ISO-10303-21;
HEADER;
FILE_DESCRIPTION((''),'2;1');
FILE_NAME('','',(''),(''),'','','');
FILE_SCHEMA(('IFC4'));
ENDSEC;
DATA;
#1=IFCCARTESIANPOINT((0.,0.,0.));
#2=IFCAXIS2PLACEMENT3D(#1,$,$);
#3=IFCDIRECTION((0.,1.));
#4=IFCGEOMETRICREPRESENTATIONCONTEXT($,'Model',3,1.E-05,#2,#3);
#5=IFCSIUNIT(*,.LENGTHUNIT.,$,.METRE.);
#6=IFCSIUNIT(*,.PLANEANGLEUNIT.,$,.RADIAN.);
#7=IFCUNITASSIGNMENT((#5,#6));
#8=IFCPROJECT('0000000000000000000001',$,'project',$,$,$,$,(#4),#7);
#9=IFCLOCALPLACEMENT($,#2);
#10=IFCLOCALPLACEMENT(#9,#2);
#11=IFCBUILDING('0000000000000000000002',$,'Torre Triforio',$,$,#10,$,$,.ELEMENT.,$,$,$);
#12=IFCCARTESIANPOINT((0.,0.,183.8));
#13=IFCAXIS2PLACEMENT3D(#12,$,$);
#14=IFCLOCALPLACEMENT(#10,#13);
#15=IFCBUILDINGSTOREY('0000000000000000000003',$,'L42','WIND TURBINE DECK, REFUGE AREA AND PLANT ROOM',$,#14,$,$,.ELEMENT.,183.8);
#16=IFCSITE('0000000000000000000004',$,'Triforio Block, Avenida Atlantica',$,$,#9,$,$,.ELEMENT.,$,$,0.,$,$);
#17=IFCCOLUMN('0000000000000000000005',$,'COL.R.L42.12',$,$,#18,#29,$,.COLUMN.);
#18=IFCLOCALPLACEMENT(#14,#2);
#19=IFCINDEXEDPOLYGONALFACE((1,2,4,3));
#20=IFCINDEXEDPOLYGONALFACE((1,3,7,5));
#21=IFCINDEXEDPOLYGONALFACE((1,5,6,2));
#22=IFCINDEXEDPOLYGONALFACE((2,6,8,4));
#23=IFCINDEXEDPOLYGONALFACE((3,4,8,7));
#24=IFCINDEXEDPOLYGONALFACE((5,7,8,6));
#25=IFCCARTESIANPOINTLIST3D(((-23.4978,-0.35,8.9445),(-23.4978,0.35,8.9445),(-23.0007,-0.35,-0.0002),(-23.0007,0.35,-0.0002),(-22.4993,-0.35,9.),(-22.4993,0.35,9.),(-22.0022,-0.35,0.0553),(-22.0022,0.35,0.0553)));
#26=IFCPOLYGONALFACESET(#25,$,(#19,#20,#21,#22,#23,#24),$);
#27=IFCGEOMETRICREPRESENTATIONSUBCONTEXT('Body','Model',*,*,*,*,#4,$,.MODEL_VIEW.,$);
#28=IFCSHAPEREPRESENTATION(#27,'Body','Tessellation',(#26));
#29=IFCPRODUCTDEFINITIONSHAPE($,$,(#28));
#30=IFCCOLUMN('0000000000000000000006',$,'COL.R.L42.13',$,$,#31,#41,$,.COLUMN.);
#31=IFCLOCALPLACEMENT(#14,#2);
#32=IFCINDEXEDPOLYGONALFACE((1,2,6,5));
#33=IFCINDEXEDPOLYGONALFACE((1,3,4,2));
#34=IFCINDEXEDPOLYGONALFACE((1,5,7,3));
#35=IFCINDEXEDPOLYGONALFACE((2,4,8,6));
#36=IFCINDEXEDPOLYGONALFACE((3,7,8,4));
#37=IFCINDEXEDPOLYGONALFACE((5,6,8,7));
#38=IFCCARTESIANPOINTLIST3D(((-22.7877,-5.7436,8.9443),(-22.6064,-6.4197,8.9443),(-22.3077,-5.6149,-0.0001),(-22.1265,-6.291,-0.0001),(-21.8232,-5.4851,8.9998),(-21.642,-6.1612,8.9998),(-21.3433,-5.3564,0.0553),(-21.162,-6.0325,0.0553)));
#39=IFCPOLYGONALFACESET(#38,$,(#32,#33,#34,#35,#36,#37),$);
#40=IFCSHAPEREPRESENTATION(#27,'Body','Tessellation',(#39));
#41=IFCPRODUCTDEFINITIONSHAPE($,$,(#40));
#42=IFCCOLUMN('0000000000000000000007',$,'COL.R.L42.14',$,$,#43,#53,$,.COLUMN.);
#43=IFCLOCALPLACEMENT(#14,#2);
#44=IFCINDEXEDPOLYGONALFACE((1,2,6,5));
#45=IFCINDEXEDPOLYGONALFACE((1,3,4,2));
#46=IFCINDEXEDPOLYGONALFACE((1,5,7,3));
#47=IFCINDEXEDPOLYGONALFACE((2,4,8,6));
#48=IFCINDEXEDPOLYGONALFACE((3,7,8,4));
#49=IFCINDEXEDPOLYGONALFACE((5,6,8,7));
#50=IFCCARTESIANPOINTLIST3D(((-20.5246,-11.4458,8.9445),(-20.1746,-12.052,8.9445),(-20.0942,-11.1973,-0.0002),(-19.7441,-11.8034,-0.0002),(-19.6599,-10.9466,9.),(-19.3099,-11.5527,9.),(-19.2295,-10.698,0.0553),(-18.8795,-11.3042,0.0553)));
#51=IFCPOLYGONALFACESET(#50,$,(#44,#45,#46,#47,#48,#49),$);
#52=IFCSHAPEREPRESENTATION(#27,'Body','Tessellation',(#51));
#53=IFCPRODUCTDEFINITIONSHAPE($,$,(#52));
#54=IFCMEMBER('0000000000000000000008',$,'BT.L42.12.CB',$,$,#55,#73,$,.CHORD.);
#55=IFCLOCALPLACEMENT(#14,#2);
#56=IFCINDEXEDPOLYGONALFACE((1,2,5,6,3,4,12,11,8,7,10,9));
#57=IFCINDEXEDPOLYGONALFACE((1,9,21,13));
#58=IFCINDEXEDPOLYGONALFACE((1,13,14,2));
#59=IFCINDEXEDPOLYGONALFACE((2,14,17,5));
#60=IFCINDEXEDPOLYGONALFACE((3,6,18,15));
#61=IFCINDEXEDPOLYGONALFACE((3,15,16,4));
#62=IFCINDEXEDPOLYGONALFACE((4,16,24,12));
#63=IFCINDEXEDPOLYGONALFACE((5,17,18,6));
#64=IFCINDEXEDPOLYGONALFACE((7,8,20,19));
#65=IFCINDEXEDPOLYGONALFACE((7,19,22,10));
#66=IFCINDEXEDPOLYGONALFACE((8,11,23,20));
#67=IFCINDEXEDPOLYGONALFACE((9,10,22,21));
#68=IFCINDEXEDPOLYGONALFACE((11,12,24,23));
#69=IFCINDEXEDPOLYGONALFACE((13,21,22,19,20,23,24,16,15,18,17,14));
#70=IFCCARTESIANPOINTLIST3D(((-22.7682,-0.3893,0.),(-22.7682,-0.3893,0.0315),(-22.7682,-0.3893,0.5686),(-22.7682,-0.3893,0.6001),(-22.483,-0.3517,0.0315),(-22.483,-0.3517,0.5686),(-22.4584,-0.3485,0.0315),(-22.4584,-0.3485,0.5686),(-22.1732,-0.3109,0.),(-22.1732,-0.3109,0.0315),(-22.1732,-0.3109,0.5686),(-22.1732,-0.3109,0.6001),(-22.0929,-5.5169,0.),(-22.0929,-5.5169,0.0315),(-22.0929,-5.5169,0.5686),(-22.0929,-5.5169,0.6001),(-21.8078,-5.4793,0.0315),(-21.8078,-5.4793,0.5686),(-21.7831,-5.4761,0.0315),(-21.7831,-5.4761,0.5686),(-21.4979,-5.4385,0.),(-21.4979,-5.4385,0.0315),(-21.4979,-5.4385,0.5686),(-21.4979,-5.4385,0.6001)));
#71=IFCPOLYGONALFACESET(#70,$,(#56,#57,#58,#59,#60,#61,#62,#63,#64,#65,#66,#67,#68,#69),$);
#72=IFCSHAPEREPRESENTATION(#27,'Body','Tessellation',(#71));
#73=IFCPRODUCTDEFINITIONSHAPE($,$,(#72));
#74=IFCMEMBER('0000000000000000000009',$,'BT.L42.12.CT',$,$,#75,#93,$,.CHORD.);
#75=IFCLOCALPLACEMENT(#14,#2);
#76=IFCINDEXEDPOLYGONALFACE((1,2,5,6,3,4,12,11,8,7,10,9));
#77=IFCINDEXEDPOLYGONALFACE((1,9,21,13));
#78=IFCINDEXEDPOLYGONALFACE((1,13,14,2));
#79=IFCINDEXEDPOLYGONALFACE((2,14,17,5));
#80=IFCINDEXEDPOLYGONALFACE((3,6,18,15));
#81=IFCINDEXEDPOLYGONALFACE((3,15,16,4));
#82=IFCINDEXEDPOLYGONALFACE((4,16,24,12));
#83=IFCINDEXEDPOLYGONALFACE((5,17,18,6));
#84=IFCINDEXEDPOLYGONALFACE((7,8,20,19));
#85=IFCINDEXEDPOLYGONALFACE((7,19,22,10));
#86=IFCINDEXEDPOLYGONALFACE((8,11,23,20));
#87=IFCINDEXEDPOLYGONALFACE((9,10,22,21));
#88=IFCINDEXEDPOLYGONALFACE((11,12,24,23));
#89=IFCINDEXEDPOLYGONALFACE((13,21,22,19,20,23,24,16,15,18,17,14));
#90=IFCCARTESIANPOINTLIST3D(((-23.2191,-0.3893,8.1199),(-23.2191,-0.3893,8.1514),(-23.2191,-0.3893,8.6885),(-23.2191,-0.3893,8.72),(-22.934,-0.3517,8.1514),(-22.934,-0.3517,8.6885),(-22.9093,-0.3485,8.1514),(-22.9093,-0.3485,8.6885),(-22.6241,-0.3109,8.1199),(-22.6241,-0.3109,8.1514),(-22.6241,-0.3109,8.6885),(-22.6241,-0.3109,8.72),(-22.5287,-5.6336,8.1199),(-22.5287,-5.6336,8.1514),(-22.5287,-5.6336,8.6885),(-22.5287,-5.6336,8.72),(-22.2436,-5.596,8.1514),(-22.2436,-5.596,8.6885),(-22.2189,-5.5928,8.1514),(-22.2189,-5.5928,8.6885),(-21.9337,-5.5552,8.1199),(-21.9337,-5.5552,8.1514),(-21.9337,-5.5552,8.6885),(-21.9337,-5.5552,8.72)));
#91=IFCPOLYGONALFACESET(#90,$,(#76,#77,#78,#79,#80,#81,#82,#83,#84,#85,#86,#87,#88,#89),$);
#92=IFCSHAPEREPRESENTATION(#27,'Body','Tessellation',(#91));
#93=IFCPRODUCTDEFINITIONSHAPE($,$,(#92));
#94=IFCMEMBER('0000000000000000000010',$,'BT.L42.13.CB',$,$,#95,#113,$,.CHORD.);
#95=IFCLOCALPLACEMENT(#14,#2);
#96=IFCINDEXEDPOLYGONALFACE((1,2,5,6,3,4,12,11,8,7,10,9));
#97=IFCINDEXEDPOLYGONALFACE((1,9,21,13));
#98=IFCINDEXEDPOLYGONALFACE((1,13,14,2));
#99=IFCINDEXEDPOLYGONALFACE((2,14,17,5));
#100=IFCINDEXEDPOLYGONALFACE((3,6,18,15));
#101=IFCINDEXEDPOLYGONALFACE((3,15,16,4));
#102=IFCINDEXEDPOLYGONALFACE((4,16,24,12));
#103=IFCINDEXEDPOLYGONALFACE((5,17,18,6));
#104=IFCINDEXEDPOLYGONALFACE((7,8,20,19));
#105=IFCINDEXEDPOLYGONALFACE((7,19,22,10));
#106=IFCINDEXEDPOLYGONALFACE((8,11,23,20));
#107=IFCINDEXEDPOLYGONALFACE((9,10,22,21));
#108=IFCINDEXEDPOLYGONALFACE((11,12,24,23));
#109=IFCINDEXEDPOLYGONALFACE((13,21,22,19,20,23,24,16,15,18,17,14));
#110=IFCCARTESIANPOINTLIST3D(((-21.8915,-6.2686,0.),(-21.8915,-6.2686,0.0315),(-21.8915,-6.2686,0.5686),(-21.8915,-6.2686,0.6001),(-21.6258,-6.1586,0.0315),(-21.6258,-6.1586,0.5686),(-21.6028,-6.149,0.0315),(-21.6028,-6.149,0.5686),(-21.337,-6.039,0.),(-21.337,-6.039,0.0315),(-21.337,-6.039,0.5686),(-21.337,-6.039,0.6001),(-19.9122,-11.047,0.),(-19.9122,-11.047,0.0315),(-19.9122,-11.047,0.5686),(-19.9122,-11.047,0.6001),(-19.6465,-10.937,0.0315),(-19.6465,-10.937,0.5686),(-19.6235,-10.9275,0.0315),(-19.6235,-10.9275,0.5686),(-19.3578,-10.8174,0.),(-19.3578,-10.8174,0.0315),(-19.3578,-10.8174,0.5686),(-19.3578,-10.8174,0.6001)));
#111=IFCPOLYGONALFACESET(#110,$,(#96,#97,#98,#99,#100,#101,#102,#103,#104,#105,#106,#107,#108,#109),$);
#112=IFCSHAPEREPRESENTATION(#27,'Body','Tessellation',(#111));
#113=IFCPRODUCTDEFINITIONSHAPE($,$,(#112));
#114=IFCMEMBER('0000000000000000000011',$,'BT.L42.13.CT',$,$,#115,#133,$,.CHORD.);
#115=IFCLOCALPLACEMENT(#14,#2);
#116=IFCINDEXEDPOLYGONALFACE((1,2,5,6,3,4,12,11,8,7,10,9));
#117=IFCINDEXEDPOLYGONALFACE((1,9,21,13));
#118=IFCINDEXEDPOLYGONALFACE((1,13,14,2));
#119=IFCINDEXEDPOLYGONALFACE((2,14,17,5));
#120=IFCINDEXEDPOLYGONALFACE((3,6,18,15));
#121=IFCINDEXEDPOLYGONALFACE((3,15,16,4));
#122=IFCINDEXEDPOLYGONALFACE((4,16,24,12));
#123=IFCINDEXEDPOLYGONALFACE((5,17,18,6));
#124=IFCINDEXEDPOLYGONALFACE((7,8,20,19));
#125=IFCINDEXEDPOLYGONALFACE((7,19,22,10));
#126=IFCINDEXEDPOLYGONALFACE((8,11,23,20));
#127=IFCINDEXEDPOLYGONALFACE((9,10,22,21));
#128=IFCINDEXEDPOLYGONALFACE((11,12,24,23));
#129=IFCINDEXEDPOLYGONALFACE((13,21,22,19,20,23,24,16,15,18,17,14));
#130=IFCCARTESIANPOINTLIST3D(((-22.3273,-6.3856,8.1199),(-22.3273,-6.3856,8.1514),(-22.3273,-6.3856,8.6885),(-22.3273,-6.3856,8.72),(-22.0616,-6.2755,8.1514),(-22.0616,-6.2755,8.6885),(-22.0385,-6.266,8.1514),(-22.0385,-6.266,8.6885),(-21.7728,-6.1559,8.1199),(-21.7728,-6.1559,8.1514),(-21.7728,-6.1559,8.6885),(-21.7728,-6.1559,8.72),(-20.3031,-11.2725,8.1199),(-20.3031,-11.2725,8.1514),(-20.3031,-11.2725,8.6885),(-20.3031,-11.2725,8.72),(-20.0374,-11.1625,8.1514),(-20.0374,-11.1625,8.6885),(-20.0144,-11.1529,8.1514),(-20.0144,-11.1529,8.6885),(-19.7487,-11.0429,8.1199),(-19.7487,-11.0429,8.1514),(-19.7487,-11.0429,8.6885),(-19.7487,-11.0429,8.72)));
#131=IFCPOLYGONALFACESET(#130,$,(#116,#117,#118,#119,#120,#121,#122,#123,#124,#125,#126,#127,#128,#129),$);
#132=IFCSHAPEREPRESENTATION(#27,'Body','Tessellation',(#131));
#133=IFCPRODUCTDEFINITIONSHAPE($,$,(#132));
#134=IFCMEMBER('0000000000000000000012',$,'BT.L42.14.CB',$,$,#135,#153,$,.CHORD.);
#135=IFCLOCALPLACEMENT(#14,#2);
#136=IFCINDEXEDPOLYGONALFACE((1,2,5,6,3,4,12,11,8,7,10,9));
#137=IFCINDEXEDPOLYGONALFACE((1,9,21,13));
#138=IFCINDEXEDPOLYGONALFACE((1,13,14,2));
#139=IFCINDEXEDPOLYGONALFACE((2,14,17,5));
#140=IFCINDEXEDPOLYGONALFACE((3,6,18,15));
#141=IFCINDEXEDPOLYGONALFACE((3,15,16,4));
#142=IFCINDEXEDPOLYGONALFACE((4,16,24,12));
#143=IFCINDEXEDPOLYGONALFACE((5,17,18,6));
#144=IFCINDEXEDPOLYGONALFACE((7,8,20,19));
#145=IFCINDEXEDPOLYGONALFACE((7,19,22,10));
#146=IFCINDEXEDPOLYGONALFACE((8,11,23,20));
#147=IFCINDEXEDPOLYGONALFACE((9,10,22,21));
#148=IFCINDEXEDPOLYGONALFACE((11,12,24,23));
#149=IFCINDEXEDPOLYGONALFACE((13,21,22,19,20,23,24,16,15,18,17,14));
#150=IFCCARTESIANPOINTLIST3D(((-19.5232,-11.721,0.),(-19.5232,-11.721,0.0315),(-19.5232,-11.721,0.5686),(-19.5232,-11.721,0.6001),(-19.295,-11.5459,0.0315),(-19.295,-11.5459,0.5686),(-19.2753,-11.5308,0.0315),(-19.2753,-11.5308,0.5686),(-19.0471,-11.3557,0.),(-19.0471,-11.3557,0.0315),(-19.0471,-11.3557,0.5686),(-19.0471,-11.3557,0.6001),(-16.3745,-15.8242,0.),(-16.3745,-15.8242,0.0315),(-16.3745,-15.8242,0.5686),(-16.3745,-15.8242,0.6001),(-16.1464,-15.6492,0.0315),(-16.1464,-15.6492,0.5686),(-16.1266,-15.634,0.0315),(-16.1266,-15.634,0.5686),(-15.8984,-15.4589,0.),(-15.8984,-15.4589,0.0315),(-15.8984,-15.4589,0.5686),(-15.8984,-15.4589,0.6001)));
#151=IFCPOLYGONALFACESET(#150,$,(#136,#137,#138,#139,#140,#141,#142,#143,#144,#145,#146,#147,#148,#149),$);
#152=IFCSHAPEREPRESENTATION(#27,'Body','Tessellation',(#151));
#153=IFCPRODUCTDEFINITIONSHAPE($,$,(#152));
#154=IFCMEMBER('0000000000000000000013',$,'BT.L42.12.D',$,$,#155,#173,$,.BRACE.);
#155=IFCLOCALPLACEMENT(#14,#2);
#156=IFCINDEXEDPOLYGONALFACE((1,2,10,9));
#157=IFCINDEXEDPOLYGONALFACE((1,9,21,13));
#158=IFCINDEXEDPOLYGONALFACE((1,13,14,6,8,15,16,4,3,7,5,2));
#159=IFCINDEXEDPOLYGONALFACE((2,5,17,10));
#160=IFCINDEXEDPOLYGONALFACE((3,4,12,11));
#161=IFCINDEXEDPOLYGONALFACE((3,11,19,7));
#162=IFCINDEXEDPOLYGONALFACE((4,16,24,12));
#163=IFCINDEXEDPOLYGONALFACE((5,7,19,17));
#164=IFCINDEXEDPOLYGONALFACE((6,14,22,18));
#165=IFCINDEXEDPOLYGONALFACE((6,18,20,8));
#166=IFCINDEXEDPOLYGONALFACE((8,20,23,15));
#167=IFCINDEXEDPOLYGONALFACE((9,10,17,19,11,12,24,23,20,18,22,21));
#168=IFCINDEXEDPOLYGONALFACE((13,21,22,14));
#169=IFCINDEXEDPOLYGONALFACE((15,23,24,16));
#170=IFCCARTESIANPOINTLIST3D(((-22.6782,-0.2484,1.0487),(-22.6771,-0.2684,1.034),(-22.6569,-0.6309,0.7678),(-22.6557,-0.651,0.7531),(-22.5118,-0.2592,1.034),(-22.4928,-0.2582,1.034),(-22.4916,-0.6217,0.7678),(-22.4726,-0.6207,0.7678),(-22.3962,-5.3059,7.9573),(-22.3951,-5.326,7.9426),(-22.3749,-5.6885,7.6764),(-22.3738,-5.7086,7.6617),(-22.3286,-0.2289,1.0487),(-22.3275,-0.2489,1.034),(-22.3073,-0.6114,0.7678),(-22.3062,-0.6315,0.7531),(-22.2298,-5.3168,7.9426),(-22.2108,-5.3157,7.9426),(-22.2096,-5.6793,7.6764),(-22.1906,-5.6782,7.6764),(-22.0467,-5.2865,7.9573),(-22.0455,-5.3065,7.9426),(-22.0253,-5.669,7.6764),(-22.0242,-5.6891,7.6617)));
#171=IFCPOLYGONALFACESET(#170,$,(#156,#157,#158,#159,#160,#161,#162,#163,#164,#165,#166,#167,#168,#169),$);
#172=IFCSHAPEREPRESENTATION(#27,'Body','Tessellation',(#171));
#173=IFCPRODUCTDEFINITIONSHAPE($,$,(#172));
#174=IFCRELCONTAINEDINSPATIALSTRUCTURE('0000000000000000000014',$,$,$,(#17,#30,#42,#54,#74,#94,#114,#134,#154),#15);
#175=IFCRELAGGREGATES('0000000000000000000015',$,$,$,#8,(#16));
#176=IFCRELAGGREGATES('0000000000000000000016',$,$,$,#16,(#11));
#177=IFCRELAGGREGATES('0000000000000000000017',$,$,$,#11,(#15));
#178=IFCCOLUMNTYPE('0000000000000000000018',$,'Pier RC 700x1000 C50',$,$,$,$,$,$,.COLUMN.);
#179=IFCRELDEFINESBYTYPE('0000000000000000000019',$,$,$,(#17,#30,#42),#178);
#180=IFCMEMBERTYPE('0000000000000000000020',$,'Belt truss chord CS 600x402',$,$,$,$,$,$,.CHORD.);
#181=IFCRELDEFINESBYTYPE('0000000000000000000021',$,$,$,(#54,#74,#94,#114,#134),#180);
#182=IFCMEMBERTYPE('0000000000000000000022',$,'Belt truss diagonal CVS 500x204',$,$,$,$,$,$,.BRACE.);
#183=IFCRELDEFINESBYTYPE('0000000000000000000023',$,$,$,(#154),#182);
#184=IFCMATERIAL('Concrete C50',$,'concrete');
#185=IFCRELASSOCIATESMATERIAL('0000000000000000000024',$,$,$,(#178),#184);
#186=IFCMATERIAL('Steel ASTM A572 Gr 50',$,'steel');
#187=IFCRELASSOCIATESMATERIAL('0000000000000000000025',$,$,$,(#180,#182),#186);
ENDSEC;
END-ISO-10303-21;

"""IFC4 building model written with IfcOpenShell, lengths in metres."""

from ifc_helpers import new_model, si_unit, direction, frame, origin, origin_2d, place, context, subcontext, project, spatial, rectangle, i_section, extrude, material, material_profile, profile_set, type_object, element, save


model = new_model("IFC4")

# Units and contexts
model_context = context("Model", 3, precision=1e-05, world=origin(), true_north=direction((0.0, 1.0)))
body_context = subcontext(model_context, "Body", "Model", "MODEL_VIEW")
ifc_project = project(units=[si_unit("LENGTHUNIT", "METRE"), si_unit("PLANEANGLEUNIT", "RADIAN")], contexts=[model_context])

# Site, building, storey
site_placement = place(None, origin())
site = spatial("IfcSite", under=ifc_project, at=site_placement, Name="Triforio Block, Avenida Atlantica", CompositionType="ELEMENT", RefElevation=0.0)
building_placement = place(site_placement, origin())
building = spatial("IfcBuilding", under=site, at=building_placement, Name="Torre Triforio", CompositionType="ELEMENT")
storey_placement = place(building_placement, frame((0.0, 0.0, 183.8)))
storey = spatial("IfcBuildingStorey", under=building, at=storey_placement, Name="L42", Description="WIND TURBINE DECK, REFUGE AREA AND PLANT ROOM", CompositionType="ELEMENT", Elevation=183.8)

# Columns
ifc_material_1 = material(Name="Concrete C50", Category="concrete")
ifc_material_profile_1 = material_profile(ifc_material_1, rectangle(XDim=0.7, YDim=1.0, at=origin_2d()), Name="RC 700x1000")
ifc_profile_set_1 = profile_set([ifc_material_profile_1], Name="Concrete C50")
column_type = type_object("IfcColumnType", Name="Pier RC 700x1000 C50", PredefinedType="COLUMN", material=ifc_profile_set_1)
column_1_placement = place(storey_placement, frame((-22.5015, 0.0, 0.0276), z_axis=(-0.055487, 0.0, 0.998459), x_axis=(0.0, -1.0, 0.0)))
element("IfcColumn", 1, at=column_1_placement, inside=storey, type_object=column_type, Name="COL.R.L42.12", PredefinedType="COLUMN", context=body_context, shape_type="SweptSolid", body=[
    extrude(rectangle(XDim=0.7, YDim=1.0, at=origin_2d()), origin(), (0.0, 0.0, 1.0), 8.9585),
])
column_2_placement = place(storey_placement, frame((-21.7349, -5.8237, 0.0276), z_axis=(-0.053579, -0.014362, 0.99846), x_axis=(0.258916, -0.9659, 0.0)))
element("IfcColumn", 2, at=column_2_placement, inside=storey, type_object=column_type, Name="COL.R.L42.13", PredefinedType="COLUMN", context=body_context, shape_type="SweptSolid", body=[
    extrude(rectangle(XDim=0.7, YDim=1.0, at=origin_2d()), origin(), (0.0, 0.0, 1.0), 8.9583),
])
column_3_placement = place(storey_placement, frame((-19.4868, -11.2507, 0.0276), z_axis=(-0.048047, -0.027743, 0.99846), x_axis=(0.500048, -0.865997, 0.0)))
element("IfcColumn", 3, at=column_3_placement, inside=storey, type_object=column_type, Name="COL.R.L42.14", PredefinedType="COLUMN", context=body_context, shape_type="SweptSolid", body=[
    extrude(rectangle(XDim=0.7, YDim=1.0, at=origin_2d()), origin(), (0.0, 0.0, 1.0), 8.9585),
])

# Members
ifc_material_2 = material(Name="Steel ASTM A572 Gr 50", Category="steel")
ifc_material_profile_2 = material_profile(ifc_material_2, i_section(OverallWidth=0.6001, OverallDepth=0.6001, WebThickness=0.0249, FlangeThickness=0.0315, at=origin_2d()), Name="CS 600x402")
ifc_profile_set_2 = profile_set([ifc_material_profile_2], Name="Steel ASTM A572 Gr 50")
member_type_1 = type_object("IfcMemberType", Name="Belt truss chord CS 600x402", PredefinedType="CHORD", material=ifc_profile_set_2)
member_1_placement = place(storey_placement, frame((-22.4707, -0.3501, 0.3), z_axis=(0.130568, -0.991439, 0.0), x_axis=(0.991439, 0.130568, 0.0)))
element("IfcMember", 4, at=member_1_placement, inside=storey, type_object=member_type_1, Name="BT.L42.12.CB", PredefinedType="CHORD", context=body_context, shape_type="SweptSolid", body=[
    extrude(i_section(OverallWidth=0.6001, OverallDepth=0.6001, WebThickness=0.0249, FlangeThickness=0.0315, at=origin_2d()), origin(), (0.0, 0.0, 1.0), 5.1719),
])
member_2_placement = place(storey_placement, frame((-22.9216, -0.3501, 8.4199), z_axis=(0.130525, -0.991445, 0.0), x_axis=(0.991445, 0.130525, 0.0)))
element("IfcMember", 5, at=member_2_placement, inside=storey, type_object=member_type_1, Name="BT.L42.12.CT", PredefinedType="CHORD", context=body_context, shape_type="SweptSolid", body=[
    extrude(i_section(OverallWidth=0.6001, OverallDepth=0.6001, WebThickness=0.0249, FlangeThickness=0.0315, at=origin_2d()), origin(), (0.0, 0.0, 1.0), 5.2896),
])
member_3_placement = place(storey_placement, frame((-21.6143, -6.1538, 0.3), z_axis=(0.382684, -0.923879, 0.0), x_axis=(0.923879, 0.382684, 0.0)))
element("IfcMember", 6, at=member_3_placement, inside=storey, type_object=member_type_1, Name="BT.L42.13.CB", PredefinedType="CHORD", context=body_context, shape_type="SweptSolid", body=[
    extrude(i_section(OverallWidth=0.6001, OverallDepth=0.6001, WebThickness=0.0249, FlangeThickness=0.0315, at=origin_2d()), origin(), (0.0, 0.0, 1.0), 5.1721),
])
member_4_placement = place(storey_placement, frame((-22.05, -6.2708, 8.4199), z_axis=(0.382671, -0.923885, 0.0), x_axis=(0.923885, 0.382671, 0.0)))
element("IfcMember", 7, at=member_4_placement, inside=storey, type_object=member_type_1, Name="BT.L42.13.CT", PredefinedType="CHORD", context=body_context, shape_type="SweptSolid", body=[
    extrude(i_section(OverallWidth=0.6001, OverallDepth=0.6001, WebThickness=0.0249, FlangeThickness=0.0315, at=origin_2d()), origin(), (0.0, 0.0, 1.0), 5.2896),
])
member_5_placement = place(storey_placement, frame((-19.2852, -11.5383, 0.3), z_axis=(0.608777, -0.793341, 0.0), x_axis=(0.793341, 0.608777, 0.0)))
element("IfcMember", 8, at=member_5_placement, inside=storey, type_object=member_type_1, Name="BT.L42.14.CB", PredefinedType="CHORD", context=body_context, shape_type="SweptSolid", body=[
    extrude(i_section(OverallWidth=0.6001, OverallDepth=0.6001, WebThickness=0.0249, FlangeThickness=0.0315, at=origin_2d()), origin(), (0.0, 0.0, 1.0), 5.1721),
])
ifc_material_profile_3 = material_profile(ifc_material_2, i_section(OverallWidth=0.3501, OverallDepth=0.5, WebThickness=0.019, FlangeThickness=0.0249, at=origin_2d()), Name="CVS 500x204")
ifc_profile_set_3 = profile_set([ifc_material_profile_3], Name="Steel ASTM A572 Gr 50")
member_type_2 = type_object("IfcMemberType", Name="Belt truss diagonal CVS 500x204", PredefinedType="BRACE", material=ifc_profile_set_3)
member_6_placement = place(storey_placement, frame((-22.4922, -0.4399, 0.9009), z_axis=(0.032916, -0.590378, 0.806455), x_axis=(0.998449, 0.055668, 0.0)))
element("IfcMember", 9, at=member_6_placement, inside=storey, type_object=member_type_2, Name="BT.L42.12.D", PredefinedType="BRACE", context=body_context, shape_type="SweptSolid", body=[
    extrude(i_section(OverallWidth=0.3501, OverallDepth=0.5, WebThickness=0.019, FlangeThickness=0.0249, at=origin_2d()), origin(), (0.0, 0.0, 1.0), 8.5667),
])

save(model, "model.ifc")
